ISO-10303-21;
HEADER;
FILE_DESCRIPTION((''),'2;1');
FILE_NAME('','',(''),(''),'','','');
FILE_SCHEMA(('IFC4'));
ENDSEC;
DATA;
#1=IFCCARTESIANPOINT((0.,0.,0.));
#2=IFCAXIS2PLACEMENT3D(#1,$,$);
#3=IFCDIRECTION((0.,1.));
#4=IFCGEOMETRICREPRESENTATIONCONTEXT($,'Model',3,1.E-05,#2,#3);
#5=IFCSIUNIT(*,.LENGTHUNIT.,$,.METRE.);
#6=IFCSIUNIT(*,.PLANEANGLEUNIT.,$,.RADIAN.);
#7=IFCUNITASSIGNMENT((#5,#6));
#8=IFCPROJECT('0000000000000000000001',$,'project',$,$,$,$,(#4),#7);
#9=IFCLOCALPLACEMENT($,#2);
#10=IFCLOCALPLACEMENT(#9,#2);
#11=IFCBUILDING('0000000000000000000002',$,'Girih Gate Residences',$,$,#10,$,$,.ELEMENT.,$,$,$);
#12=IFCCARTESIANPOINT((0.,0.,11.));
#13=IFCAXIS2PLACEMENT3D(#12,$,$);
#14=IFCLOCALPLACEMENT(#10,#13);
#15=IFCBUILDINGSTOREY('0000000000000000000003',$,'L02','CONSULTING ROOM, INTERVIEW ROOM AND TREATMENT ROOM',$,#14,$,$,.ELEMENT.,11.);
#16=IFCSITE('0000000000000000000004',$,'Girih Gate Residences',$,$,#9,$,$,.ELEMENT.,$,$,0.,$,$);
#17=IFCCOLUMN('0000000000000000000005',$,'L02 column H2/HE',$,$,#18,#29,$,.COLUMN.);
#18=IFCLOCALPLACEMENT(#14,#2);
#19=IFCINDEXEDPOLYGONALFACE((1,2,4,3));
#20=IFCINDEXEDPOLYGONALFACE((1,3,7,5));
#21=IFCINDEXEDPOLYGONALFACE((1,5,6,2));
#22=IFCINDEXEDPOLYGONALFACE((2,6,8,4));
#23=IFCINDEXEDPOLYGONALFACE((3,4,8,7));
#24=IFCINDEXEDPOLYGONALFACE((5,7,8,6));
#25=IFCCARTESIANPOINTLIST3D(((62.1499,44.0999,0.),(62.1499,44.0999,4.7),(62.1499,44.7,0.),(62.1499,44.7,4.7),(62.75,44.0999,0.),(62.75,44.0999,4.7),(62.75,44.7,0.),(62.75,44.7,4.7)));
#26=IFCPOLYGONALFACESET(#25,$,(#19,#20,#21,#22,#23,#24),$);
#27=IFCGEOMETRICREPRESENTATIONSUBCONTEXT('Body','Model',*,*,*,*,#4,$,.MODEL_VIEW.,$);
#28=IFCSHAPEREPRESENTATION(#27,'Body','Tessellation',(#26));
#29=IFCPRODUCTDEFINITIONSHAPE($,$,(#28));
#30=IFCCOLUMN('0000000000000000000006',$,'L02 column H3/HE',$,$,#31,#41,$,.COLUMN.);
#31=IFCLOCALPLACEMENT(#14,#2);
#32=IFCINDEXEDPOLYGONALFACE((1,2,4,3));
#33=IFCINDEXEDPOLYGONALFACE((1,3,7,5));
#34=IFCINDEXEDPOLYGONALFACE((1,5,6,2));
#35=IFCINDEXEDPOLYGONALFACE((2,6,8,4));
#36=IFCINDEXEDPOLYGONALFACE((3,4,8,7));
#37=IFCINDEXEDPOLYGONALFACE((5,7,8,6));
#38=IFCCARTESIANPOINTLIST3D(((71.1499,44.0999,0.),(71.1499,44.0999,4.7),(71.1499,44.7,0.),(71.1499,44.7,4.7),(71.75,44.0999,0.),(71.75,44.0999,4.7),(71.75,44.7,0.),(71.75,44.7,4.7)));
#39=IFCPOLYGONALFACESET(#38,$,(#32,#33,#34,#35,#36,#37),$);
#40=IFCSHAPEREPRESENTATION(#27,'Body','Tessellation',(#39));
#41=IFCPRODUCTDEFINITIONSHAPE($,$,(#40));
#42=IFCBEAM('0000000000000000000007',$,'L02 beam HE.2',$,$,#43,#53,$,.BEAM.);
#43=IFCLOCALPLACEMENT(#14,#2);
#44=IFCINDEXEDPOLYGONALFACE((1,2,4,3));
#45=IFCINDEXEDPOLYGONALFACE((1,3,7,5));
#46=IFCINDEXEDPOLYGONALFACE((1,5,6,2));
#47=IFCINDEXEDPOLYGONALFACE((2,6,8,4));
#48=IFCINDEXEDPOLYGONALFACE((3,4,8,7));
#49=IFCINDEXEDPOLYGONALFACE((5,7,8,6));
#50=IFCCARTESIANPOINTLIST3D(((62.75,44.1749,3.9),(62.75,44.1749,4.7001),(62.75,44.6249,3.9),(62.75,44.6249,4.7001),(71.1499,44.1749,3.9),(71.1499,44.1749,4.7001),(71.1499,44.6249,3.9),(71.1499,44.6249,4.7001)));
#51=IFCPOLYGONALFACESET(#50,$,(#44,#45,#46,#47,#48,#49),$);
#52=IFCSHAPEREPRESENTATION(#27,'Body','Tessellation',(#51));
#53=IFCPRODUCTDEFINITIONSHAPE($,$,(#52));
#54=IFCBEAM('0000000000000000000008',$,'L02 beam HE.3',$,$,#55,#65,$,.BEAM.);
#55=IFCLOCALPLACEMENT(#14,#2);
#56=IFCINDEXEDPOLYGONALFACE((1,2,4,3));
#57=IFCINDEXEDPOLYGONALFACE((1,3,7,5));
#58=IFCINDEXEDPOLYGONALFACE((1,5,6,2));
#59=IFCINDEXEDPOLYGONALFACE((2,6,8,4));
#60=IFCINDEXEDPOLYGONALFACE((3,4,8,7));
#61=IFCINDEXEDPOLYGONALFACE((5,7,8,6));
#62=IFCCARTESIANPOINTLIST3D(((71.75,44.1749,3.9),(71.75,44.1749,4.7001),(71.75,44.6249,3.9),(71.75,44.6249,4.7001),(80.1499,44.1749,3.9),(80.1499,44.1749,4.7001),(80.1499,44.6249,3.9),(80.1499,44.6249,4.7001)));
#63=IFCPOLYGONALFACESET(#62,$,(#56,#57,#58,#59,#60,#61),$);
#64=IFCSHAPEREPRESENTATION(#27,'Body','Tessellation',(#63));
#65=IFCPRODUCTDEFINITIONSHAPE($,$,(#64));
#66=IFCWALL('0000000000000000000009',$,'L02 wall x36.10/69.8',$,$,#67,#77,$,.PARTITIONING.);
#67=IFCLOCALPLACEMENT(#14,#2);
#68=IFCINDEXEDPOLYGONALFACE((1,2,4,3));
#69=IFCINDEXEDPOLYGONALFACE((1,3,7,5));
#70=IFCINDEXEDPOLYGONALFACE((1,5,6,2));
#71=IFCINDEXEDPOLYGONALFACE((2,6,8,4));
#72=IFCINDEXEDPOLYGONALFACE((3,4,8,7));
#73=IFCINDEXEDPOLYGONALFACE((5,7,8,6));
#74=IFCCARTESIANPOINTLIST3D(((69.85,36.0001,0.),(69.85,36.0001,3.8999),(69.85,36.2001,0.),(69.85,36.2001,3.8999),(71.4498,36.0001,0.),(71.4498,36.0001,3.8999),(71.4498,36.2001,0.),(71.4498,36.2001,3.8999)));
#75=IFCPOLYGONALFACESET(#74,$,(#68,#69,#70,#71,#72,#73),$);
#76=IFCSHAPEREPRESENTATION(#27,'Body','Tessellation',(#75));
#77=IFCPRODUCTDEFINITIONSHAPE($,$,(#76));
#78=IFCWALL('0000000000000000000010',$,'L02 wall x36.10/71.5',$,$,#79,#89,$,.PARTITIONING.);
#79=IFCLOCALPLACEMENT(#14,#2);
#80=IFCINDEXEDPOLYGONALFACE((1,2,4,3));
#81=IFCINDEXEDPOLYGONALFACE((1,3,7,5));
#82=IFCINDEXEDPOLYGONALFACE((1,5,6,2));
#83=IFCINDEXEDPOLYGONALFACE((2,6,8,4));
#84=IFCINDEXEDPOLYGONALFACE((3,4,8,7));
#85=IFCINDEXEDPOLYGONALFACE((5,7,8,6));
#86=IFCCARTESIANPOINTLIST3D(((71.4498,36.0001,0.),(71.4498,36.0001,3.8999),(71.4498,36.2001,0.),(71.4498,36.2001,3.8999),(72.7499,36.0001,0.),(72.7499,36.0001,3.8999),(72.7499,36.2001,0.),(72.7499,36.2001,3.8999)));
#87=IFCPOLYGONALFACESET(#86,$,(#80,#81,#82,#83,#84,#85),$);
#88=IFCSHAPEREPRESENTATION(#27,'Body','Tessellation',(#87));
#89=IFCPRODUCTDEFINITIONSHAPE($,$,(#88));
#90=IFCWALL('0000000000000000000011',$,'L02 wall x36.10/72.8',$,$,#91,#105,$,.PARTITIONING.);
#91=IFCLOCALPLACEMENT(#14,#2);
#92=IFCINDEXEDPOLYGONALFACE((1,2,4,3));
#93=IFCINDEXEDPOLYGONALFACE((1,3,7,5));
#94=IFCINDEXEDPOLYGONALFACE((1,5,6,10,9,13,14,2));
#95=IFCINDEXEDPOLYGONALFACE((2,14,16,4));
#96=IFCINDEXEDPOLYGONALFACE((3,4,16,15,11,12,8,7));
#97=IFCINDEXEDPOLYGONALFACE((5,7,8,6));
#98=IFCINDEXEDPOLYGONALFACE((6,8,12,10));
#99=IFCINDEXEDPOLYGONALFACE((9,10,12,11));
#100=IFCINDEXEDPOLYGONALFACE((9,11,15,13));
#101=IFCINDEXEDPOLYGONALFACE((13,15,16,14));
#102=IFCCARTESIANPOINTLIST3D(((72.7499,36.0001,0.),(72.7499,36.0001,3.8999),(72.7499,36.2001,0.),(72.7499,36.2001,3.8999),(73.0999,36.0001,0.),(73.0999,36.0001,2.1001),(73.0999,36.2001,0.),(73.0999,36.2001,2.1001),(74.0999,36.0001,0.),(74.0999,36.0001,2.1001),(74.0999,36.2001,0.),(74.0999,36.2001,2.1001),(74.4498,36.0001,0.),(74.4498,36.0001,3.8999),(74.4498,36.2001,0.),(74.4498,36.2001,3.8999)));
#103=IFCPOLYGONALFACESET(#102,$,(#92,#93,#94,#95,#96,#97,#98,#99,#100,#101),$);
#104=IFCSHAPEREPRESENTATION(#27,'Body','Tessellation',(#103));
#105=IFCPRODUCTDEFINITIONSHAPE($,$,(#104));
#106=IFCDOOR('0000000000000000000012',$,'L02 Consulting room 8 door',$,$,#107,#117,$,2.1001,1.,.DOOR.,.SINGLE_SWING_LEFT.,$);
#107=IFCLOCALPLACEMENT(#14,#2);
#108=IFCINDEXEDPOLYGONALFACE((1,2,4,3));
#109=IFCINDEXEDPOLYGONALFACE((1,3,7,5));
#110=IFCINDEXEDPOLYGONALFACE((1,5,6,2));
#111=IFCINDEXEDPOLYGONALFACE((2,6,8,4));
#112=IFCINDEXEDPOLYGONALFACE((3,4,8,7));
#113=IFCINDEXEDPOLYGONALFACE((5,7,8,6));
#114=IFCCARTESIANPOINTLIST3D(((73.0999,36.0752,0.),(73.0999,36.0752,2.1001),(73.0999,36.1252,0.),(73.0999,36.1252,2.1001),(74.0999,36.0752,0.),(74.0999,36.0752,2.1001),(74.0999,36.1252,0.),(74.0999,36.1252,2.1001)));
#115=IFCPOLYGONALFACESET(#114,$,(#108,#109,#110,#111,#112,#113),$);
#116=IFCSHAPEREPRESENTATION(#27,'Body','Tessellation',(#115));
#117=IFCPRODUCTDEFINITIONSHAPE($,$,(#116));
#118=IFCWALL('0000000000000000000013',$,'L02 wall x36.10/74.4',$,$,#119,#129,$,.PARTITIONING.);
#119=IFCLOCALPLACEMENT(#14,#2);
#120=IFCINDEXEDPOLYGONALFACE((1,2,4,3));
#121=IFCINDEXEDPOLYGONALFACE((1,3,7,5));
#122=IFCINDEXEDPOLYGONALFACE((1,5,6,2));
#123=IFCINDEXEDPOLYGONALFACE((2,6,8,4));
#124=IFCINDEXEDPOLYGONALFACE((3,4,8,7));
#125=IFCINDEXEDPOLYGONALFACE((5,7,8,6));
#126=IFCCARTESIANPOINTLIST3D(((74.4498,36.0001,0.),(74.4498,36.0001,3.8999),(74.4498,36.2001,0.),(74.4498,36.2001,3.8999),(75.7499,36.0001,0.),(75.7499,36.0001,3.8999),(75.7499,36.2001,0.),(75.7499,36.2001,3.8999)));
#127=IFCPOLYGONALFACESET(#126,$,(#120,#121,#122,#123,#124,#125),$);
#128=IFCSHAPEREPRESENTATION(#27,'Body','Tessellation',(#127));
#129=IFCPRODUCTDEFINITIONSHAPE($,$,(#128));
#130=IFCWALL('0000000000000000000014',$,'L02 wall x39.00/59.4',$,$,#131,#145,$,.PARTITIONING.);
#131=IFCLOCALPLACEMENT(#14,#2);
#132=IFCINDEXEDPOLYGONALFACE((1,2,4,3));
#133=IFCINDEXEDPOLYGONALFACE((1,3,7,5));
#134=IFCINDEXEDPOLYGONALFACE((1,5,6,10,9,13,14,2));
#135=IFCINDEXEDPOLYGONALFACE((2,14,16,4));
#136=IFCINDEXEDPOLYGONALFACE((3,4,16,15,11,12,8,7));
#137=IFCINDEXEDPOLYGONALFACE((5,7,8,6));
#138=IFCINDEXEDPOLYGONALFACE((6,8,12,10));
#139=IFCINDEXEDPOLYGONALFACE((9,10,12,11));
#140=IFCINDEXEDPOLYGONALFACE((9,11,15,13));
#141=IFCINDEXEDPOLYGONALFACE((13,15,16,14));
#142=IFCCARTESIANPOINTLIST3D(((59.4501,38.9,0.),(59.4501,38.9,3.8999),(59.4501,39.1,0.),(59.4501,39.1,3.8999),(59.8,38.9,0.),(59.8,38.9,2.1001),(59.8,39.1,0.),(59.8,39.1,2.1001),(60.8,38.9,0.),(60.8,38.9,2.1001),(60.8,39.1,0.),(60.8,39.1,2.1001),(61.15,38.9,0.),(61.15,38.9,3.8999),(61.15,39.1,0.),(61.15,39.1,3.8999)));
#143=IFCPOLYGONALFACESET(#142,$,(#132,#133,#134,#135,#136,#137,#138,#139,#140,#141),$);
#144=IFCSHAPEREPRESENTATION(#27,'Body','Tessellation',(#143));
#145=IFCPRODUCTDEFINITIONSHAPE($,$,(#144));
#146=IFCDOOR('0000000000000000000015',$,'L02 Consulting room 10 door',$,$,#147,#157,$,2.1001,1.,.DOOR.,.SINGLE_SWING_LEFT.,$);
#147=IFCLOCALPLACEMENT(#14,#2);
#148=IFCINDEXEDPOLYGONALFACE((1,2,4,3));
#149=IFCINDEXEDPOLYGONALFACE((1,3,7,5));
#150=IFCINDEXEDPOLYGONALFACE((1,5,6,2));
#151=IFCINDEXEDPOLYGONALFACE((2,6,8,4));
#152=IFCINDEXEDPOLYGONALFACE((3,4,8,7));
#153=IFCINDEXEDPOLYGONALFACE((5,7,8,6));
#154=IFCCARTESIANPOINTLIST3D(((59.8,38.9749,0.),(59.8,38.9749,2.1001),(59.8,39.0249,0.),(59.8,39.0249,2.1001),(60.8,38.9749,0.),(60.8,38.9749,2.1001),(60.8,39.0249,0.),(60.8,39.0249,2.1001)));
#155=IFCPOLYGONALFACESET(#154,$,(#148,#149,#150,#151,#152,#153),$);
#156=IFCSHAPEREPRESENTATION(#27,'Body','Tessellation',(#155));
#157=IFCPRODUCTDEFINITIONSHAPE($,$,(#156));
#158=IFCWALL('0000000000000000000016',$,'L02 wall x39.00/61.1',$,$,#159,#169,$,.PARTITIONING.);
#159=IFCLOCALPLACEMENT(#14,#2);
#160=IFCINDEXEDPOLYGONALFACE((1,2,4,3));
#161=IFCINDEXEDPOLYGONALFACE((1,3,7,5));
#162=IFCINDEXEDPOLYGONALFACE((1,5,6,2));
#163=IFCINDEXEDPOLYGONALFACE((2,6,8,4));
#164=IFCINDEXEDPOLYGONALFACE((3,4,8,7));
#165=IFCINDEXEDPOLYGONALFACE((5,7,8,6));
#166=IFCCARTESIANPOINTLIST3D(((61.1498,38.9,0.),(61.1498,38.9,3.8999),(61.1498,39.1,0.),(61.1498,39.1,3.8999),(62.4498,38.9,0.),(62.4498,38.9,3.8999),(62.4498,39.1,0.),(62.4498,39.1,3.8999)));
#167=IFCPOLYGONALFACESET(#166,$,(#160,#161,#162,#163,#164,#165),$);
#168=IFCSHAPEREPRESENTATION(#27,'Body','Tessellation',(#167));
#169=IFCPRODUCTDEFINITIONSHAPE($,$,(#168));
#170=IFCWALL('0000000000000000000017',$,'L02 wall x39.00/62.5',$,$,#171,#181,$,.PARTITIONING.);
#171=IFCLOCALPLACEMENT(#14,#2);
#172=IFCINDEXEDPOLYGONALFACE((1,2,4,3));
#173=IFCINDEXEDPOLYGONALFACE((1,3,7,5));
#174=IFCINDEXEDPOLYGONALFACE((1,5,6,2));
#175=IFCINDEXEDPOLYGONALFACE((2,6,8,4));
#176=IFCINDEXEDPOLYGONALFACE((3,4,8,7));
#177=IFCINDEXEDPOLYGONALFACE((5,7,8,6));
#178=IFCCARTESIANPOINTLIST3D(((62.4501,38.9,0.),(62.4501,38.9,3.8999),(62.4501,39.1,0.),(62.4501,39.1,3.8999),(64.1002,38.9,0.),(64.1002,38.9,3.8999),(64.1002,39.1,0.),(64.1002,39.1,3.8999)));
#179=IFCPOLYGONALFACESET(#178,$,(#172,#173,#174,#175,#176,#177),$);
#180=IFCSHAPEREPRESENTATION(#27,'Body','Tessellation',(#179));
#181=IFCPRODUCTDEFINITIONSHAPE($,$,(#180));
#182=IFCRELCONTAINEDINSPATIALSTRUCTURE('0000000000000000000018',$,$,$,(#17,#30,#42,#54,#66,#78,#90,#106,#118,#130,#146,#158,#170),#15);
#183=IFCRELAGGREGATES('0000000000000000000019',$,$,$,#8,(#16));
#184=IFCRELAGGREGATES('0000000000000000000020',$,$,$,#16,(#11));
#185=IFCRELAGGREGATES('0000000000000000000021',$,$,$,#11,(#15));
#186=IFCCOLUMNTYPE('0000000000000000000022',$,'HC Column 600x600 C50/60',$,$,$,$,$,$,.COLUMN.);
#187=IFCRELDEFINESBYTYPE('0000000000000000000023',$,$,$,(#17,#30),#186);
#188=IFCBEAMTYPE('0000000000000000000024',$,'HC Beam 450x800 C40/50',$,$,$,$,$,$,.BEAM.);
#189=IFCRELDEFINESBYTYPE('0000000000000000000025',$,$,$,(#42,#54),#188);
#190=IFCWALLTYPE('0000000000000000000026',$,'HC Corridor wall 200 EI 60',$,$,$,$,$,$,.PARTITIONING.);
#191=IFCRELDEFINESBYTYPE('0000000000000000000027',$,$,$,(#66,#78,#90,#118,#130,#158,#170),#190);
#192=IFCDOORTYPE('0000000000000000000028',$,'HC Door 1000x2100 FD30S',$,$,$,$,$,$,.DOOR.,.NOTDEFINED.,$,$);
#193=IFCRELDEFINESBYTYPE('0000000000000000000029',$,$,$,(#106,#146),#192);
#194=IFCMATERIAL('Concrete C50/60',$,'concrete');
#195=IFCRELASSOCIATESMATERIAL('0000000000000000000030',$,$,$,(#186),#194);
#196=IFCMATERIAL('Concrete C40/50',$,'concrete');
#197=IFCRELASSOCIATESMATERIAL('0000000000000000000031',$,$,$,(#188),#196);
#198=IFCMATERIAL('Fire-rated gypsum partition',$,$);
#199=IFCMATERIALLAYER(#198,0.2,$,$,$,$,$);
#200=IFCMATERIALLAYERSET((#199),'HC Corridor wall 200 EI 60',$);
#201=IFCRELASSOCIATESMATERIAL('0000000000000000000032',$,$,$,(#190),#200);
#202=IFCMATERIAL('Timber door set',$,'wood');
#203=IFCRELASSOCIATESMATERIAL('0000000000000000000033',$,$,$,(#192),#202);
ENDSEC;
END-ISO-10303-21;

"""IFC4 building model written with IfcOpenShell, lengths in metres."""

from ifc_helpers import new_model, si_unit, direction, frame, frame_2d, origin, origin_2d, place, context, subcontext, project, spatial, rectangle, extrude, material, layer, layer_set, material_profile, profile_set, type_object, element, fill, save


model = new_model("IFC4")

# Units and contexts
model_context = context("Model", 3, precision=1e-05, world=origin(), true_north=direction((0.0, 1.0)))
body_context = subcontext(model_context, "Body", "Model", "MODEL_VIEW")
ifc_project = project(units=[si_unit("LENGTHUNIT", "METRE"), si_unit("PLANEANGLEUNIT", "RADIAN")], contexts=[model_context])

# Site, building, storey
site_placement = place(None, origin())
site = spatial("IfcSite", under=ifc_project, at=site_placement, Name="Girih Gate Residences", CompositionType="ELEMENT", RefElevation=0.0)
building_placement = place(site_placement, origin())
building = spatial("IfcBuilding", under=site, at=building_placement, Name="Girih Gate Residences", CompositionType="ELEMENT")
storey_placement = place(building_placement, frame((0.0, 0.0, 11.0)))
storey = spatial("IfcBuildingStorey", under=building, at=storey_placement, Name="L02", Description="CONSULTING ROOM, INTERVIEW ROOM AND TREATMENT ROOM", CompositionType="ELEMENT", Elevation=11.0)

# Columns
ifc_material_1 = material(Name="Concrete C50/60", Category="concrete")
ifc_material_profile_1 = material_profile(ifc_material_1, rectangle(XDim=0.6001, YDim=0.6001, at=origin_2d()))
ifc_profile_set_1 = profile_set([ifc_material_profile_1], Name="Concrete C50/60")
column_type = type_object("IfcColumnType", Name="HC Column 600x600 C50/60", PredefinedType="COLUMN", material=ifc_profile_set_1)
for number, where, z_axis, x_axis, name in (
    (1, (62.45, 44.3999, 0.0), (0.0, 0.0, 1.0), (1.0, 0.0, 0.0), "L02 column H2/HE"),
    (2, (71.45, 44.3999, 0.0), (0.0, 0.0, 1.0), (1.0, 0.0, 0.0), "L02 column H3/HE"),
):
    element("IfcColumn", number, at=place(storey_placement, frame(where, z_axis=z_axis, x_axis=x_axis)), inside=storey, type_object=column_type, Name=name, PredefinedType="COLUMN", context=body_context, shape_type="SweptSolid", body=[
        extrude(rectangle(XDim=0.6001, YDim=0.6001, at=origin_2d()), origin(), (0.0, 0.0, 1.0), 4.7),
    ])

# Beams
ifc_material_2 = material(Name="Concrete C40/50", Category="concrete")
ifc_material_profile_2 = material_profile(ifc_material_2, rectangle(XDim=0.45, YDim=0.8, at=origin_2d()))
ifc_profile_set_2 = profile_set([ifc_material_profile_2], Name="Concrete C40/50")
beam_type = type_object("IfcBeamType", Name="HC Beam 450x800 C40/50", PredefinedType="BEAM", material=ifc_profile_set_2)
for number, where, z_axis, x_axis, name in (
    (3, (62.75, 44.3999, 4.3), (1.0, 0.0, 0.0), (0.0, 1.0, 0.0), "L02 beam HE.2"),
    (4, (71.75, 44.3999, 4.3), (1.0, 0.0, 0.0), (0.0, 1.0, 0.0), "L02 beam HE.3"),
):
    element("IfcBeam", number, at=place(storey_placement, frame(where, z_axis=z_axis, x_axis=x_axis)), inside=storey, type_object=beam_type, Name=name, PredefinedType="BEAM", context=body_context, shape_type="SweptSolid", body=[
        extrude(rectangle(XDim=0.45, YDim=0.8, at=origin_2d()), origin(), (0.0, 0.0, 1.0), 8.3999),
    ])

# Walls
ifc_material_3 = material(Name="Fire-rated gypsum partition")
ifc_layer_1 = layer(ifc_material_3, 0.2)
ifc_layer_set_1 = layer_set([ifc_layer_1], Name="HC Corridor wall 200 EI 60")
wall_type_1 = type_object("IfcWallType", Name="HC Corridor wall 200 EI 60", PredefinedType="PARTITIONING", material=ifc_layer_set_1)
wall_1_placement = place(storey_placement, frame((69.8501, 36.1001, 0.0), z_axis=(0.0, 0.0, 1.0), x_axis=(1.0, 0.0, 0.0)))
element("IfcWall", 5, at=wall_1_placement, inside=storey, type_object=wall_type_1, Name="L02 wall x36.10/69.8", PredefinedType="PARTITIONING", context=body_context, shape_type="SweptSolid", body=[
    extrude(rectangle(XDim=1.5999, YDim=0.2, at=frame_2d((0.7998, 0.0))), origin(), (0.0, 0.0, 1.0), 3.8999),
])
wall_2_placement = place(storey_placement, frame((71.45, 36.1001, 0.0), z_axis=(0.0, 0.0, 1.0), x_axis=(1.0, 0.0, 0.0)))
element("IfcWall", 6, at=wall_2_placement, inside=storey, type_object=wall_type_1, Name="L02 wall x36.10/71.5", PredefinedType="PARTITIONING", context=body_context, shape_type="SweptSolid", body=[
    extrude(rectangle(XDim=1.3, YDim=0.2, at=frame_2d((0.6499, 0.0))), origin(), (0.0, 0.0, 1.0), 3.8999),
])

# Wall, opening, door
wall_3_placement = place(storey_placement, frame((74.45, 36.1001, 0.0), z_axis=(0.0, 0.0, 1.0), x_axis=(-1.0, 0.0, 0.0)))
wall_3 = element("IfcWall", 7, at=wall_3_placement, inside=storey, type_object=wall_type_1, Name="L02 wall x36.10/72.8", PredefinedType="PARTITIONING", context=body_context, shape_type="SweptSolid", body=[
    extrude(rectangle(XDim=1.7, YDim=0.2, at=frame_2d((0.8501, 0.0))), origin(), (0.0, 0.0, 1.0), 3.8999),
])
opening_1_placement = place(wall_3_placement, frame((0.3501, 0.0, 0.0)))
opening_1 = element("IfcOpeningElement", 8, at=opening_1_placement, cuts=wall_3, PredefinedType="OPENING", context=body_context, shape_type="SweptSolid", body=[
    extrude(rectangle(XDim=1.0, YDim=2.1001, at=frame_2d((0.5, 1.05))), frame((0.0, 0.1099, 0.0), z_axis=(0.0, -1.0, 0.0), x_axis=(1.0, 0.0, 0.0)), (0.0, 0.0, 1.0), 0.22),
])
ifc_material_4 = material(Name="Timber door set", Category="wood")
door_type_1 = type_object("IfcDoorType", Name="HC Door 1000x2100 FD30S", OperationType="NOTDEFINED", PredefinedType="DOOR", material=ifc_material_4)
door_1_placement = place(opening_1_placement, origin())
door_1 = element("IfcDoor", 9, at=door_1_placement, inside=storey, type_object=door_type_1, Name="L02 Consulting room 8 door", OperationType="SINGLE_SWING_LEFT", OverallHeight=2.1001, OverallWidth=1.0, PredefinedType="DOOR", context=body_context, shape_type="SweptSolid", body=[
    extrude(rectangle(XDim=1.0, YDim=2.1001, at=frame_2d((0.5, 1.05))), frame((0.0, 0.0249, 0.0), z_axis=(0.0, -1.0, 0.0), x_axis=(1.0, 0.0, 0.0)), (0.0, 0.0, 1.0), 0.05),
])
fill(opening_1, door_1)

# Wall
wall_4_placement = place(storey_placement, frame((74.45, 36.1001, 0.0), z_axis=(0.0, 0.0, 1.0), x_axis=(1.0, 0.0, 0.0)))
element("IfcWall", 10, at=wall_4_placement, inside=storey, type_object=wall_type_1, Name="L02 wall x36.10/74.4", PredefinedType="PARTITIONING", context=body_context, shape_type="SweptSolid", body=[
    extrude(rectangle(XDim=1.3, YDim=0.2, at=frame_2d((0.6499, 0.0))), origin(), (0.0, 0.0, 1.0), 3.8999),
])

# Wall, opening, door
wall_5_placement = place(storey_placement, frame((59.45, 39.0, 0.0), z_axis=(0.0, 0.0, 1.0), x_axis=(1.0, 0.0, 0.0)))
wall_5 = element("IfcWall", 11, at=wall_5_placement, inside=storey, type_object=wall_type_1, Name="L02 wall x39.00/59.4", PredefinedType="PARTITIONING", context=body_context, shape_type="SweptSolid", body=[
    extrude(rectangle(XDim=1.7, YDim=0.2, at=frame_2d((0.8501, 0.0))), origin(), (0.0, 0.0, 1.0), 3.8999),
])
opening_2_placement = place(wall_5_placement, frame((0.3501, 0.0, 0.0)))
opening_2 = element("IfcOpeningElement", 12, at=opening_2_placement, cuts=wall_5, PredefinedType="OPENING", context=body_context, shape_type="SweptSolid", body=[
    extrude(rectangle(XDim=1.0, YDim=2.1001, at=frame_2d((0.5, 1.05))), frame((0.0, 0.1099, 0.0), z_axis=(0.0, -1.0, 0.0), x_axis=(1.0, 0.0, 0.0)), (0.0, 0.0, 1.0), 0.22),
])
door_2_placement = place(opening_2_placement, origin())
door_2 = element("IfcDoor", 13, at=door_2_placement, inside=storey, type_object=door_type_1, Name="L02 Consulting room 10 door", OperationType="SINGLE_SWING_LEFT", OverallHeight=2.1001, OverallWidth=1.0, PredefinedType="DOOR", context=body_context, shape_type="SweptSolid", body=[
    extrude(rectangle(XDim=1.0, YDim=2.1001, at=frame_2d((0.5, 1.05))), frame((0.0, 0.0249, 0.0), z_axis=(0.0, -1.0, 0.0), x_axis=(1.0, 0.0, 0.0)), (0.0, 0.0, 1.0), 0.05),
])
fill(opening_2, door_2)

# Walls
wall_6_placement = place(storey_placement, frame((61.1499, 39.0, 0.0), z_axis=(0.0, 0.0, 1.0), x_axis=(1.0, 0.0, 0.0)))
element("IfcWall", 14, at=wall_6_placement, inside=storey, type_object=wall_type_1, Name="L02 wall x39.00/61.1", PredefinedType="PARTITIONING", context=body_context, shape_type="SweptSolid", body=[
    extrude(rectangle(XDim=1.3, YDim=0.2, at=frame_2d((0.6499, 0.0))), origin(), (0.0, 0.0, 1.0), 3.8999),
])
wall_7_placement = place(storey_placement, frame((62.45, 39.0, 0.0), z_axis=(0.0, 0.0, 1.0), x_axis=(1.0, 0.0, 0.0)))
element("IfcWall", 15, at=wall_7_placement, inside=storey, type_object=wall_type_1, Name="L02 wall x39.00/62.5", PredefinedType="PARTITIONING", context=body_context, shape_type="SweptSolid", body=[
    extrude(rectangle(XDim=1.6501, YDim=0.2, at=frame_2d((0.8252, 0.0))), origin(), (0.0, 0.0, 1.0), 3.8999),
])

save(model, "model.ifc")
